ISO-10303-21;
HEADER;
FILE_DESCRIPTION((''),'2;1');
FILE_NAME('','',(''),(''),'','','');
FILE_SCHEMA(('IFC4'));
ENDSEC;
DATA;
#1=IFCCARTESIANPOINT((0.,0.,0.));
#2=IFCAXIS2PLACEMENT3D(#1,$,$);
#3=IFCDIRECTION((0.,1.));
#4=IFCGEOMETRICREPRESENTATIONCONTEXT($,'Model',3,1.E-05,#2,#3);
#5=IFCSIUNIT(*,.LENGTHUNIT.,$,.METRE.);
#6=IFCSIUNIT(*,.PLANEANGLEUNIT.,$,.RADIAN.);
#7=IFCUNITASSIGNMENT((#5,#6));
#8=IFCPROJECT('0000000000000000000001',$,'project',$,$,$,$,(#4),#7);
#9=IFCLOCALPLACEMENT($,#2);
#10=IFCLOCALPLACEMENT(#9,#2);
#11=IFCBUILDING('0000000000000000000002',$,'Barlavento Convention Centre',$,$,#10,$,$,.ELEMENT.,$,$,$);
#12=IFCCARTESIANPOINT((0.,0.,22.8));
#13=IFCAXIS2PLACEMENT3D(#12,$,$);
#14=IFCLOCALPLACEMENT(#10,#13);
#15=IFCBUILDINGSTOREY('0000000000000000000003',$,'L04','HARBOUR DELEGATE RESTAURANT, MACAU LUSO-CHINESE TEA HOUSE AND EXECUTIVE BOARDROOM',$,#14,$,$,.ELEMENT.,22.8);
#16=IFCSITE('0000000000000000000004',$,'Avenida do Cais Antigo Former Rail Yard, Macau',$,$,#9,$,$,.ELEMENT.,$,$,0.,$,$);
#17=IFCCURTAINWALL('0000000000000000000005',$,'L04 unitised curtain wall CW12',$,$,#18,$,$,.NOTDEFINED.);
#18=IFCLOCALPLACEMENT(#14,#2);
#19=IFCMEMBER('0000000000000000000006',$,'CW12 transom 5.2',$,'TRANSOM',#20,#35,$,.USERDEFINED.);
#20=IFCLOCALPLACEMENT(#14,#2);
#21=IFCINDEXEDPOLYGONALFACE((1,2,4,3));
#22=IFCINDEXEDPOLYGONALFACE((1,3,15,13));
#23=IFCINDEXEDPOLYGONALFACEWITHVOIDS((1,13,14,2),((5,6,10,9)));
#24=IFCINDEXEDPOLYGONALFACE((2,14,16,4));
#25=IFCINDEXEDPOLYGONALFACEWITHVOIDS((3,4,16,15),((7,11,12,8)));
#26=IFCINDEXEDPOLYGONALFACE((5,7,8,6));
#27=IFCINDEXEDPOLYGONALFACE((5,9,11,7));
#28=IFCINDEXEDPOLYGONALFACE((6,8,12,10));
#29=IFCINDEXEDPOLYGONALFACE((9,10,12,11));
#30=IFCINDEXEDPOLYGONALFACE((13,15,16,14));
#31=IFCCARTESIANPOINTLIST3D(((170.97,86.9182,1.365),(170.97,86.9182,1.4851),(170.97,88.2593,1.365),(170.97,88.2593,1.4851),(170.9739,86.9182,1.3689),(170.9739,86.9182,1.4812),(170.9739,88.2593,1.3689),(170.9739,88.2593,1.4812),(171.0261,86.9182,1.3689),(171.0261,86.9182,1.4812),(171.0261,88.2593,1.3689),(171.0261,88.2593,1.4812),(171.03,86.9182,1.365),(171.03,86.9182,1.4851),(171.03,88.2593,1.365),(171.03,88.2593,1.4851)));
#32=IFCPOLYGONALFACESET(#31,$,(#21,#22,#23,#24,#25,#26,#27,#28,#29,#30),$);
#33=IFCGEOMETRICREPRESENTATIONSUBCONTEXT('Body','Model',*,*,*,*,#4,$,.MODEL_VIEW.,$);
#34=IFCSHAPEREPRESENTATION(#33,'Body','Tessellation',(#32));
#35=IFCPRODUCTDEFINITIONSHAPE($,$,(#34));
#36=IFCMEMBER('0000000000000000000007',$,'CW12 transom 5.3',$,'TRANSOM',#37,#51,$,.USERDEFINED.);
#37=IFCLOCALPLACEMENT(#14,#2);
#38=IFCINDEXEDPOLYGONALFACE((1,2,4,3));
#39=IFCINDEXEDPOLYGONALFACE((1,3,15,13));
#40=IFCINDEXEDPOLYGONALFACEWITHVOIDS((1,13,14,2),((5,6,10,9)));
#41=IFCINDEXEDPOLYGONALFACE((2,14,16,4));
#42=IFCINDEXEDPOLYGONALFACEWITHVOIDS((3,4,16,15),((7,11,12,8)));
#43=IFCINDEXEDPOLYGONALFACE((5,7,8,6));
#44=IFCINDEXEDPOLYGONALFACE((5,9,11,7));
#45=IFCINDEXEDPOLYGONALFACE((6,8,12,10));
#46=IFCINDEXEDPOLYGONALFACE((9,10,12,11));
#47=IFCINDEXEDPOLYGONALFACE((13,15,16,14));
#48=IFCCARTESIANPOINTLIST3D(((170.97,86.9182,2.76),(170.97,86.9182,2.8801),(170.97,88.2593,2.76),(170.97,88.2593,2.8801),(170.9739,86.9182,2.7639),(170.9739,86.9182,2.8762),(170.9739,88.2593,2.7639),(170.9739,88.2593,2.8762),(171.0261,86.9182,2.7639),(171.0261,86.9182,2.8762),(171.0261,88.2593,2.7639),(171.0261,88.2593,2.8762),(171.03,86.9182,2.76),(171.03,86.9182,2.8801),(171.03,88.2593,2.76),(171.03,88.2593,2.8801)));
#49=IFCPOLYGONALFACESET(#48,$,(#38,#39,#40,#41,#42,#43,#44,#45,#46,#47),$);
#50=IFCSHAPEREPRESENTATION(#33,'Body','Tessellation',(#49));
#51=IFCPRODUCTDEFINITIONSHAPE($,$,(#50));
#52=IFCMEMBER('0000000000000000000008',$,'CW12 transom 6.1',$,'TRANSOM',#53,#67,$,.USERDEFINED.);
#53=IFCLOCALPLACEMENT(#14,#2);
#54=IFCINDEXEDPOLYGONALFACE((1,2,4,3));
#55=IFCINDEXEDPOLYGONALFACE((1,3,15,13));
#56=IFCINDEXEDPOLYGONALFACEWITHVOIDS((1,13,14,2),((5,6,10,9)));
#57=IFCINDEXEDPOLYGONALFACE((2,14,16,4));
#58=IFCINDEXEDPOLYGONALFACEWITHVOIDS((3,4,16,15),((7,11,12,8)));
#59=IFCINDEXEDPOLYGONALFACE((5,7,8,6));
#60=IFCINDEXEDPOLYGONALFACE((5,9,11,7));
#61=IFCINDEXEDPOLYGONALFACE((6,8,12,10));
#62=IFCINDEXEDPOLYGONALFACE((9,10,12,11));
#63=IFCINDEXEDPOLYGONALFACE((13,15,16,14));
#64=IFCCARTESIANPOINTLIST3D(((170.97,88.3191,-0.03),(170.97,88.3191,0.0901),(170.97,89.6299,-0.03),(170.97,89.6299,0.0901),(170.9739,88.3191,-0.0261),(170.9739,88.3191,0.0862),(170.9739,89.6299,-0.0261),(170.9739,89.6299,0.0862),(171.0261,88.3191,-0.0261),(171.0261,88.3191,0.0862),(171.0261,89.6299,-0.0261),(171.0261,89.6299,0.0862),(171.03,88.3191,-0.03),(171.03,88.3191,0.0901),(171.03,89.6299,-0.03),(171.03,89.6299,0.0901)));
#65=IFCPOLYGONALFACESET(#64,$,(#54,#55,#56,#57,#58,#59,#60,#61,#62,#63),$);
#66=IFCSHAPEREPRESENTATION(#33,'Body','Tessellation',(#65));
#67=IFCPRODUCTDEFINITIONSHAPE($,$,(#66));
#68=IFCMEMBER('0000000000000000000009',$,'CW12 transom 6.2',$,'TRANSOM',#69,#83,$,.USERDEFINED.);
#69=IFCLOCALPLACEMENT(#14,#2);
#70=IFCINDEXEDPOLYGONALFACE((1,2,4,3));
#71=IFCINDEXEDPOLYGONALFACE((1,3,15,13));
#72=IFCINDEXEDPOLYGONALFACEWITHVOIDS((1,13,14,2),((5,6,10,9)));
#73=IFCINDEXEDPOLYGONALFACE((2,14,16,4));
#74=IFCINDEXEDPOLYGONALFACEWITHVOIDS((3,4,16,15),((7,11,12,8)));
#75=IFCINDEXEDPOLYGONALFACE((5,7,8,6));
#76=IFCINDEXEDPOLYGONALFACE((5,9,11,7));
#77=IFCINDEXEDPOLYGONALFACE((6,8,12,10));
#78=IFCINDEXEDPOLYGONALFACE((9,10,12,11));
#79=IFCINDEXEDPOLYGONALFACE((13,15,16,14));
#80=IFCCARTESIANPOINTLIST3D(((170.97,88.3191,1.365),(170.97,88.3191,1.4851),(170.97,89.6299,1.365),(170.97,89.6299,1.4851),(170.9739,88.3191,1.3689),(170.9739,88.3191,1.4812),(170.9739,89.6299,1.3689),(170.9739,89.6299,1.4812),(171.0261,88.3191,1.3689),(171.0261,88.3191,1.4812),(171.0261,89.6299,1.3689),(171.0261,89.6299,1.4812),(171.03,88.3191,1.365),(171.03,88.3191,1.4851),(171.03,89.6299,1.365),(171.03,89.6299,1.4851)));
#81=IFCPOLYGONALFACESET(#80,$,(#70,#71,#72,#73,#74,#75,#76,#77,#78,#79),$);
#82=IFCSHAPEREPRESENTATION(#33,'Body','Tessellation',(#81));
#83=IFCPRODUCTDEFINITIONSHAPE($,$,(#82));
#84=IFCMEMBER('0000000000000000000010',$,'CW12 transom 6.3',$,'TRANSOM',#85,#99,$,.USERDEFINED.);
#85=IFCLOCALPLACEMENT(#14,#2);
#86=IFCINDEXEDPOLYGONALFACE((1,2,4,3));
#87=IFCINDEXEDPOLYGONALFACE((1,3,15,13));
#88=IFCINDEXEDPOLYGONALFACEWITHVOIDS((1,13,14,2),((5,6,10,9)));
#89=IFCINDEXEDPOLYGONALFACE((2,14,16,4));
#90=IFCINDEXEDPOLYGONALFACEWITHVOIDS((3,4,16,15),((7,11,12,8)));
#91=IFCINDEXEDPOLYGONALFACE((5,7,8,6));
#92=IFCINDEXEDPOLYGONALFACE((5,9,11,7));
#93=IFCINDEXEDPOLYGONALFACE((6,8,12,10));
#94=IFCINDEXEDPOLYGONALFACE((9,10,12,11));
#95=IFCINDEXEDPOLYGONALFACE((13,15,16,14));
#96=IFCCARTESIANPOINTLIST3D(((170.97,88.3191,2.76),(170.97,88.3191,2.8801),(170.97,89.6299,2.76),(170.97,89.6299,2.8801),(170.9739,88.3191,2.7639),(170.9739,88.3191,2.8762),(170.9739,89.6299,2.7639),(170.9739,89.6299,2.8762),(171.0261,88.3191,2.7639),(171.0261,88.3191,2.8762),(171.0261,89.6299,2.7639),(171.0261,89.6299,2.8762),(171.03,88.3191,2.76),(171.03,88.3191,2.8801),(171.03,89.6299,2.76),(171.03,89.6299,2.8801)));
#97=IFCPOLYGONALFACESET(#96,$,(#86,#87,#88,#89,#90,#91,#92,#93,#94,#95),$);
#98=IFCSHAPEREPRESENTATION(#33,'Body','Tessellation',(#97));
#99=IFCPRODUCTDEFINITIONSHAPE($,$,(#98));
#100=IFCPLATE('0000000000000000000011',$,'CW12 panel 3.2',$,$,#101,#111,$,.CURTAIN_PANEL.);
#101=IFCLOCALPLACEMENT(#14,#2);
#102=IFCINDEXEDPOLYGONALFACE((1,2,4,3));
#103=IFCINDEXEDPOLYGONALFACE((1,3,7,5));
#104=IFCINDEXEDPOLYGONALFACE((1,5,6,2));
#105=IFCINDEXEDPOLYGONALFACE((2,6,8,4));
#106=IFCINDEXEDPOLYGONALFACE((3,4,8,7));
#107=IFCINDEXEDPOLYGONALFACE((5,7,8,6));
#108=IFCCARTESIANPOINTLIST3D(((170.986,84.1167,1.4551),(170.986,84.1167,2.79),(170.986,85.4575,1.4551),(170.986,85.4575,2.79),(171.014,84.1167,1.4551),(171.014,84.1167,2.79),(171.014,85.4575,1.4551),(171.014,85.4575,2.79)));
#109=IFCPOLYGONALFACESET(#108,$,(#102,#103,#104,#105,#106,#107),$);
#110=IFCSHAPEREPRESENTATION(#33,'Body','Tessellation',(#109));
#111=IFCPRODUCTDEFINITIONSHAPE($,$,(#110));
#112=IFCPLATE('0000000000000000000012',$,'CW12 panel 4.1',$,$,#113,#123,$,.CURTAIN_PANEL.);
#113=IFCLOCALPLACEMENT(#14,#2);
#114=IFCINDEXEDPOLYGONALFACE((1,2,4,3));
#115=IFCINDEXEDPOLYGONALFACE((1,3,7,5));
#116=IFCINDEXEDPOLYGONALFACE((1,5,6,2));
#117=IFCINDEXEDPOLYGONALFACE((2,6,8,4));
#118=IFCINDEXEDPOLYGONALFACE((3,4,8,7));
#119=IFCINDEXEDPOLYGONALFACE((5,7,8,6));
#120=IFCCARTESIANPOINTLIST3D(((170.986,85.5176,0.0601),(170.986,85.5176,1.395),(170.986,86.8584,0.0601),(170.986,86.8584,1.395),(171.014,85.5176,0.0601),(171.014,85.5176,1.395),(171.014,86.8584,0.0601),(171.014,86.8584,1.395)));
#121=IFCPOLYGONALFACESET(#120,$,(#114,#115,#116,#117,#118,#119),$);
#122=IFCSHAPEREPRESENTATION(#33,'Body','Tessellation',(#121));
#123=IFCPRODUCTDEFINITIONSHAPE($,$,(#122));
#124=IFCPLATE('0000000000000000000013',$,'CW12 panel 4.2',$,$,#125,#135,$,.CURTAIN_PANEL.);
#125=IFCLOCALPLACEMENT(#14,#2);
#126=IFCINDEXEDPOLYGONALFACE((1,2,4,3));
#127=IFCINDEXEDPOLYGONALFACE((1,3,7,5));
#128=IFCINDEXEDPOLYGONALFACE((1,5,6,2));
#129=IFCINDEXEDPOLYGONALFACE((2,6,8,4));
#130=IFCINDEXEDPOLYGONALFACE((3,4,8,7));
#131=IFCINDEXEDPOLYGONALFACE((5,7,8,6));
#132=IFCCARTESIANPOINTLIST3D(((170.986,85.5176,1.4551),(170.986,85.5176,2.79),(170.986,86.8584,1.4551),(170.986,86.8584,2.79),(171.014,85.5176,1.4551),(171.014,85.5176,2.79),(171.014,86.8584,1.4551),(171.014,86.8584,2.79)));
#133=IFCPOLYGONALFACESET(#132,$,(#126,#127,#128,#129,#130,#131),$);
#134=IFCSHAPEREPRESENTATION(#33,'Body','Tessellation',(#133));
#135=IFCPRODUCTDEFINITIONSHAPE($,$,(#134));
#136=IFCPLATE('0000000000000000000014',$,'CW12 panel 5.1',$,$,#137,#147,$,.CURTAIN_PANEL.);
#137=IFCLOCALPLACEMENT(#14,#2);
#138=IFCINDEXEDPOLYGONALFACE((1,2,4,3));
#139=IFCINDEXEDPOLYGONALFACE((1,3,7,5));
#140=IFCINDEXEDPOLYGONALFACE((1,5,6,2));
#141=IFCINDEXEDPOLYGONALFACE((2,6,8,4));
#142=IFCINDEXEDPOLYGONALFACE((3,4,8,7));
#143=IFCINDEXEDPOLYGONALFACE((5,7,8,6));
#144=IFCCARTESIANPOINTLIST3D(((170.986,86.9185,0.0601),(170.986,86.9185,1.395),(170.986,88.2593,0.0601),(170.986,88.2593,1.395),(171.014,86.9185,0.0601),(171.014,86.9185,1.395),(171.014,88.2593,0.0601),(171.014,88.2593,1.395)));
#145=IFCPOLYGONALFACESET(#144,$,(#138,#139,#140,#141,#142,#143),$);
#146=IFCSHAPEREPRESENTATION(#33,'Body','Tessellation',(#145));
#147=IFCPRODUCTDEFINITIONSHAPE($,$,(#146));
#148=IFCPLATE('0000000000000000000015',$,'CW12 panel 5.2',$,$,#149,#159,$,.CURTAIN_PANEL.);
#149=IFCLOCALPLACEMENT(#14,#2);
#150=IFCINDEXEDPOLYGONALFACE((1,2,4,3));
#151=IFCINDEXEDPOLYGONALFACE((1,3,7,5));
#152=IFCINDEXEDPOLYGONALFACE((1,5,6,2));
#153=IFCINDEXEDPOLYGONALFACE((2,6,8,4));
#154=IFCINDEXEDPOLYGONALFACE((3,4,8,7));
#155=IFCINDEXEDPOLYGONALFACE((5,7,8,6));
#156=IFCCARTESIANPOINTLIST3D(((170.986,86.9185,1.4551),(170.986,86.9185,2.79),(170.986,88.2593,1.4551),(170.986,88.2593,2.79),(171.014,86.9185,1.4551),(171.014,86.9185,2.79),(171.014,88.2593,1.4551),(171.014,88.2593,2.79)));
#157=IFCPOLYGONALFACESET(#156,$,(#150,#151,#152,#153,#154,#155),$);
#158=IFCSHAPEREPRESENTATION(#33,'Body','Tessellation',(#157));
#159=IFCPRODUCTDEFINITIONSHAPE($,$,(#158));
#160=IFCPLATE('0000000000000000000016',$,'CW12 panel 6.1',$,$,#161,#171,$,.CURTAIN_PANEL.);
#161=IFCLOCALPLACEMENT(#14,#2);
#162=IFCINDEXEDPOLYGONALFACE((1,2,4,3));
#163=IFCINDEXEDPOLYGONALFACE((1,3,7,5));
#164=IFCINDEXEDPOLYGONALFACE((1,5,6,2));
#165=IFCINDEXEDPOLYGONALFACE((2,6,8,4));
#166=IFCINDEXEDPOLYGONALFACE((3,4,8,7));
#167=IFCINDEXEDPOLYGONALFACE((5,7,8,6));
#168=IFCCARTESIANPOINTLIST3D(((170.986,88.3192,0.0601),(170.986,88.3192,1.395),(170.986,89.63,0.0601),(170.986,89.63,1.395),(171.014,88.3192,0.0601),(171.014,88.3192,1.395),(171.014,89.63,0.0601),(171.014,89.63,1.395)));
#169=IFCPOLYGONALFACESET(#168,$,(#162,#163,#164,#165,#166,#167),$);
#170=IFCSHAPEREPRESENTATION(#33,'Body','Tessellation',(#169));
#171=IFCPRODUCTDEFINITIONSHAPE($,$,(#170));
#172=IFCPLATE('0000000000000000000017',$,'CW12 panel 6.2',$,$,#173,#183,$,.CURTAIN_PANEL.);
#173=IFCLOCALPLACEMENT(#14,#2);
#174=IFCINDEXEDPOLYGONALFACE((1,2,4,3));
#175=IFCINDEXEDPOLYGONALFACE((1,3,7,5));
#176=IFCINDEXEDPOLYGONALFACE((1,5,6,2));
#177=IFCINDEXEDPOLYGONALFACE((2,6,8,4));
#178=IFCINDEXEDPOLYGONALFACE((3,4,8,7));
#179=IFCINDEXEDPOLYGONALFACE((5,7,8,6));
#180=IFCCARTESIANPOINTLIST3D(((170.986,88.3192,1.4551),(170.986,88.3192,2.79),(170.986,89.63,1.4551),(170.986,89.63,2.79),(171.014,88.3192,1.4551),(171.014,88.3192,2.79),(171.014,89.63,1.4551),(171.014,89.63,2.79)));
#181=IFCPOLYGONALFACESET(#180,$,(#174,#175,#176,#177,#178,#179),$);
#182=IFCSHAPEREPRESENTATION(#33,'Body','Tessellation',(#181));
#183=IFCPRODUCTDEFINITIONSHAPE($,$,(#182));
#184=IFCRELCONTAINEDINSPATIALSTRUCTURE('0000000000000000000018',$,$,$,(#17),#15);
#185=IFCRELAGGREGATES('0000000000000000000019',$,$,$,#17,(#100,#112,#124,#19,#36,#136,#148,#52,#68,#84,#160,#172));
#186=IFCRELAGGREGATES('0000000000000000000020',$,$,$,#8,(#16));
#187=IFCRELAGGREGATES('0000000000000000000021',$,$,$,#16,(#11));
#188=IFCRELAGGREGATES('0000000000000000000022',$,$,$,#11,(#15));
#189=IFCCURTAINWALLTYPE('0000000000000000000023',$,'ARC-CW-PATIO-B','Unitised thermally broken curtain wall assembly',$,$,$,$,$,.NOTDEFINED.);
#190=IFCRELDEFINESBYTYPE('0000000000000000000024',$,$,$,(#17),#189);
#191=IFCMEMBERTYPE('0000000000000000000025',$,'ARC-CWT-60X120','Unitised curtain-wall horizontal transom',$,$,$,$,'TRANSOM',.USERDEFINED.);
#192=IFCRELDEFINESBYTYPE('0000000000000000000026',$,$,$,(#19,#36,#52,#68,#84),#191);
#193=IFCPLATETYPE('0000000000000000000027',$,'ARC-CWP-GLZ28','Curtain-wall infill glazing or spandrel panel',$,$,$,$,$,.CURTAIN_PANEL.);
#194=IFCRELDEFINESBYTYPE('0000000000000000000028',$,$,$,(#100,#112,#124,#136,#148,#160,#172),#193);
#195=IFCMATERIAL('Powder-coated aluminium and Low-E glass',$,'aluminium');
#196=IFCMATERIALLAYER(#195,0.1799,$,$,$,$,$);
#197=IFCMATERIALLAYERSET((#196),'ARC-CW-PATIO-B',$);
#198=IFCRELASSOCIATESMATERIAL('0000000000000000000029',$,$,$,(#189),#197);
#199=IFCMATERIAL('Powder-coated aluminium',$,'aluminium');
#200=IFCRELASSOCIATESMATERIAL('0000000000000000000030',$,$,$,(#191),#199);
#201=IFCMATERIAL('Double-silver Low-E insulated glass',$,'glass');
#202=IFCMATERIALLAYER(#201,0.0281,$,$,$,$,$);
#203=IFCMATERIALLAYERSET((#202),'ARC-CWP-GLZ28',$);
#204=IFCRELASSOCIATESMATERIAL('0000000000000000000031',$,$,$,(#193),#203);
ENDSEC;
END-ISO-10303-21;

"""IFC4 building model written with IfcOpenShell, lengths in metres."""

from ifc_helpers import new_model, si_unit, direction, frame, origin, origin_2d, place, context, subcontext, project, spatial, rectangle, hollow_rectangle, extrude, material, layer, layer_set, material_profile, profile_set, type_object, element, aggregate, save


model = new_model("IFC4")

# Units and contexts
model_context = context("Model", 3, precision=1e-05, world=origin(), true_north=direction((0.0, 1.0)))
body_context = subcontext(model_context, "Body", "Model", "MODEL_VIEW")
ifc_project = project(units=[si_unit("LENGTHUNIT", "METRE"), si_unit("PLANEANGLEUNIT", "RADIAN")], contexts=[model_context])

# Site, building, storey
site_placement = place(None, origin())
site = spatial("IfcSite", under=ifc_project, at=site_placement, Name="Avenida do Cais Antigo Former Rail Yard, Macau", CompositionType="ELEMENT", RefElevation=0.0)
building_placement = place(site_placement, origin())
building = spatial("IfcBuilding", under=site, at=building_placement, Name="Barlavento Convention Centre", CompositionType="ELEMENT")
storey_placement = place(building_placement, frame((0.0, 0.0, 22.8)))
storey = spatial("IfcBuildingStorey", under=building, at=storey_placement, Name="L04", Description="HARBOUR DELEGATE RESTAURANT, MACAU LUSO-CHINESE TEA HOUSE AND EXECUTIVE BOARDROOM", CompositionType="ELEMENT", Elevation=22.8)

# Curtain wall, members, plates
ifc_material_1 = material(Name="Powder-coated aluminium and Low-E glass", Category="aluminium")
ifc_layer_1 = layer(ifc_material_1, 0.1799)
ifc_layer_set_1 = layer_set([ifc_layer_1], Name="ARC-CW-PATIO-B")
curtain_wall_type = type_object("IfcCurtainWallType", Name="ARC-CW-PATIO-B", Description="Unitised thermally broken curtain wall assembly", PredefinedType="NOTDEFINED", material=ifc_layer_set_1)
curtain_wall_placement = place(storey_placement, origin())
curtain_wall = element("IfcCurtainWall", 1, at=curtain_wall_placement, inside=storey, type_object=curtain_wall_type, Name="L04 unitised curtain wall CW12", PredefinedType="NOTDEFINED")
ifc_material_2 = material(Name="Powder-coated aluminium", Category="aluminium")
ifc_material_profile_1 = material_profile(ifc_material_2, hollow_rectangle(XDim=0.0601, YDim=0.1201, WallThickness=0.0039, at=origin_2d()), Name="AL-TRAN 60x120x4")
ifc_profile_set_1 = profile_set([ifc_material_profile_1], Name="Powder-coated aluminium")
member_type_1 = type_object("IfcMemberType", Name="ARC-CWT-60X120", Description="Unitised curtain-wall horizontal transom", ElementType="TRANSOM", PredefinedType="USERDEFINED", material=ifc_profile_set_1)
member_1_placement = place(storey_placement, frame((171.0, 86.9182, 1.425), z_axis=(0.0, 1.0, 0.0), x_axis=(-1.0, 0.0, 0.0)))
member_1 = element("IfcMember", 2, at=member_1_placement, type_object=member_type_1, Name="CW12 transom 5.2", ObjectType="TRANSOM", PredefinedType="USERDEFINED", context=body_context, shape_type="SweptSolid", body=[
    extrude(hollow_rectangle(XDim=0.0601, YDim=0.1201, WallThickness=0.0039, at=origin_2d()), origin(), (0.0, 0.0, 1.0), 1.3411),
])
member_2_placement = place(storey_placement, frame((171.0, 86.9182, 2.8201), z_axis=(0.0, 1.0, 0.0), x_axis=(-1.0, 0.0, 0.0)))
member_2 = element("IfcMember", 3, at=member_2_placement, type_object=member_type_1, Name="CW12 transom 5.3", ObjectType="TRANSOM", PredefinedType="USERDEFINED", context=body_context, shape_type="SweptSolid", body=[
    extrude(hollow_rectangle(XDim=0.0601, YDim=0.1201, WallThickness=0.0039, at=origin_2d()), origin(), (0.0, 0.0, 1.0), 1.3411),
])
member_3_placement = place(storey_placement, frame((171.0, 88.3191, 0.03), z_axis=(0.0, 1.0, 0.0), x_axis=(-1.0, 0.0, 0.0)))
member_3 = element("IfcMember", 4, at=member_3_placement, type_object=member_type_1, Name="CW12 transom 6.1", ObjectType="TRANSOM", PredefinedType="USERDEFINED", context=body_context, shape_type="SweptSolid", body=[
    extrude(hollow_rectangle(XDim=0.0601, YDim=0.1201, WallThickness=0.0039, at=origin_2d()), origin(), (0.0, 0.0, 1.0), 1.3108),
])
member_4_placement = place(storey_placement, frame((171.0, 88.3191, 1.425), z_axis=(0.0, 1.0, 0.0), x_axis=(-1.0, 0.0, 0.0)))
member_4 = element("IfcMember", 5, at=member_4_placement, type_object=member_type_1, Name="CW12 transom 6.2", ObjectType="TRANSOM", PredefinedType="USERDEFINED", context=body_context, shape_type="SweptSolid", body=[
    extrude(hollow_rectangle(XDim=0.0601, YDim=0.1201, WallThickness=0.0039, at=origin_2d()), origin(), (0.0, 0.0, 1.0), 1.3108),
])
member_5_placement = place(storey_placement, frame((171.0, 88.3191, 2.8201), z_axis=(0.0, 1.0, 0.0), x_axis=(-1.0, 0.0, 0.0)))
member_5 = element("IfcMember", 6, at=member_5_placement, type_object=member_type_1, Name="CW12 transom 6.3", ObjectType="TRANSOM", PredefinedType="USERDEFINED", context=body_context, shape_type="SweptSolid", body=[
    extrude(hollow_rectangle(XDim=0.0601, YDim=0.1201, WallThickness=0.0039, at=origin_2d()), origin(), (0.0, 0.0, 1.0), 1.3108),
])
ifc_material_3 = material(Name="Double-silver Low-E insulated glass", Category="glass")
ifc_layer_2 = layer(ifc_material_3, 0.0281)
ifc_layer_set_2 = layer_set([ifc_layer_2], Name="ARC-CWP-GLZ28")
plate_type = type_object("IfcPlateType", Name="ARC-CWP-GLZ28", Description="Curtain-wall infill glazing or spandrel panel", PredefinedType="CURTAIN_PANEL", material=ifc_layer_set_2)
plate_1_placement = place(storey_placement, frame((171.0, 84.7871, 1.4551), z_axis=(0.0, 0.0, 1.0), x_axis=(0.0, 1.0, 0.0)))
plate_1 = element("IfcPlate", 7, at=plate_1_placement, type_object=plate_type, Name="CW12 panel 3.2", PredefinedType="CURTAIN_PANEL", context=body_context, shape_type="SweptSolid", body=[
    extrude(rectangle(XDim=1.3408, YDim=0.0281, at=origin_2d()), origin(), (0.0, 0.0, 1.0), 1.335),
])
plate_2_placement = place(storey_placement, frame((171.0, 86.188, 0.0601), z_axis=(0.0, 0.0, 1.0), x_axis=(0.0, 1.0, 0.0)))
plate_2 = element("IfcPlate", 8, at=plate_2_placement, type_object=plate_type, Name="CW12 panel 4.1", PredefinedType="CURTAIN_PANEL", context=body_context, shape_type="SweptSolid", body=[
    extrude(rectangle(XDim=1.3408, YDim=0.0281, at=origin_2d()), origin(), (0.0, 0.0, 1.0), 1.335),
])
plate_3_placement = place(storey_placement, frame((171.0, 86.188, 1.4551), z_axis=(0.0, 0.0, 1.0), x_axis=(0.0, 1.0, 0.0)))
plate_3 = element("IfcPlate", 9, at=plate_3_placement, type_object=plate_type, Name="CW12 panel 4.2", PredefinedType="CURTAIN_PANEL", context=body_context, shape_type="SweptSolid", body=[
    extrude(rectangle(XDim=1.3408, YDim=0.0281, at=origin_2d()), origin(), (0.0, 0.0, 1.0), 1.335),
])
plate_4_placement = place(storey_placement, frame((171.0, 87.5889, 0.0601), z_axis=(0.0, 0.0, 1.0), x_axis=(0.0, 1.0, 0.0)))
plate_4 = element("IfcPlate", 10, at=plate_4_placement, type_object=plate_type, Name="CW12 panel 5.1", PredefinedType="CURTAIN_PANEL", context=body_context, shape_type="SweptSolid", body=[
    extrude(rectangle(XDim=1.3408, YDim=0.0281, at=origin_2d()), origin(), (0.0, 0.0, 1.0), 1.335),
])
plate_5_placement = place(storey_placement, frame((171.0, 87.5889, 1.4551), z_axis=(0.0, 0.0, 1.0), x_axis=(0.0, 1.0, 0.0)))
plate_5 = element("IfcPlate", 11, at=plate_5_placement, type_object=plate_type, Name="CW12 panel 5.2", PredefinedType="CURTAIN_PANEL", context=body_context, shape_type="SweptSolid", body=[
    extrude(rectangle(XDim=1.3408, YDim=0.0281, at=origin_2d()), origin(), (0.0, 0.0, 1.0), 1.335),
])
plate_6_placement = place(storey_placement, frame((171.0, 88.9746, 0.0601), z_axis=(0.0, 0.0, 1.0), x_axis=(0.0, 1.0, 0.0)))
plate_6 = element("IfcPlate", 12, at=plate_6_placement, type_object=plate_type, Name="CW12 panel 6.1", PredefinedType="CURTAIN_PANEL", context=body_context, shape_type="SweptSolid", body=[
    extrude(rectangle(XDim=1.3108, YDim=0.0281, at=origin_2d()), origin(), (0.0, 0.0, 1.0), 1.335),
])
plate_7_placement = place(storey_placement, frame((171.0, 88.9746, 1.4551), z_axis=(0.0, 0.0, 1.0), x_axis=(0.0, 1.0, 0.0)))
plate_7 = element("IfcPlate", 13, at=plate_7_placement, type_object=plate_type, Name="CW12 panel 6.2", PredefinedType="CURTAIN_PANEL", context=body_context, shape_type="SweptSolid", body=[
    extrude(rectangle(XDim=1.3108, YDim=0.0281, at=origin_2d()), origin(), (0.0, 0.0, 1.0), 1.335),
])
aggregate(curtain_wall, [plate_1, plate_2, plate_3, member_1, member_2, plate_4, plate_5, member_3, member_4, member_5, plate_6, plate_7])

save(model, "model.ifc")
